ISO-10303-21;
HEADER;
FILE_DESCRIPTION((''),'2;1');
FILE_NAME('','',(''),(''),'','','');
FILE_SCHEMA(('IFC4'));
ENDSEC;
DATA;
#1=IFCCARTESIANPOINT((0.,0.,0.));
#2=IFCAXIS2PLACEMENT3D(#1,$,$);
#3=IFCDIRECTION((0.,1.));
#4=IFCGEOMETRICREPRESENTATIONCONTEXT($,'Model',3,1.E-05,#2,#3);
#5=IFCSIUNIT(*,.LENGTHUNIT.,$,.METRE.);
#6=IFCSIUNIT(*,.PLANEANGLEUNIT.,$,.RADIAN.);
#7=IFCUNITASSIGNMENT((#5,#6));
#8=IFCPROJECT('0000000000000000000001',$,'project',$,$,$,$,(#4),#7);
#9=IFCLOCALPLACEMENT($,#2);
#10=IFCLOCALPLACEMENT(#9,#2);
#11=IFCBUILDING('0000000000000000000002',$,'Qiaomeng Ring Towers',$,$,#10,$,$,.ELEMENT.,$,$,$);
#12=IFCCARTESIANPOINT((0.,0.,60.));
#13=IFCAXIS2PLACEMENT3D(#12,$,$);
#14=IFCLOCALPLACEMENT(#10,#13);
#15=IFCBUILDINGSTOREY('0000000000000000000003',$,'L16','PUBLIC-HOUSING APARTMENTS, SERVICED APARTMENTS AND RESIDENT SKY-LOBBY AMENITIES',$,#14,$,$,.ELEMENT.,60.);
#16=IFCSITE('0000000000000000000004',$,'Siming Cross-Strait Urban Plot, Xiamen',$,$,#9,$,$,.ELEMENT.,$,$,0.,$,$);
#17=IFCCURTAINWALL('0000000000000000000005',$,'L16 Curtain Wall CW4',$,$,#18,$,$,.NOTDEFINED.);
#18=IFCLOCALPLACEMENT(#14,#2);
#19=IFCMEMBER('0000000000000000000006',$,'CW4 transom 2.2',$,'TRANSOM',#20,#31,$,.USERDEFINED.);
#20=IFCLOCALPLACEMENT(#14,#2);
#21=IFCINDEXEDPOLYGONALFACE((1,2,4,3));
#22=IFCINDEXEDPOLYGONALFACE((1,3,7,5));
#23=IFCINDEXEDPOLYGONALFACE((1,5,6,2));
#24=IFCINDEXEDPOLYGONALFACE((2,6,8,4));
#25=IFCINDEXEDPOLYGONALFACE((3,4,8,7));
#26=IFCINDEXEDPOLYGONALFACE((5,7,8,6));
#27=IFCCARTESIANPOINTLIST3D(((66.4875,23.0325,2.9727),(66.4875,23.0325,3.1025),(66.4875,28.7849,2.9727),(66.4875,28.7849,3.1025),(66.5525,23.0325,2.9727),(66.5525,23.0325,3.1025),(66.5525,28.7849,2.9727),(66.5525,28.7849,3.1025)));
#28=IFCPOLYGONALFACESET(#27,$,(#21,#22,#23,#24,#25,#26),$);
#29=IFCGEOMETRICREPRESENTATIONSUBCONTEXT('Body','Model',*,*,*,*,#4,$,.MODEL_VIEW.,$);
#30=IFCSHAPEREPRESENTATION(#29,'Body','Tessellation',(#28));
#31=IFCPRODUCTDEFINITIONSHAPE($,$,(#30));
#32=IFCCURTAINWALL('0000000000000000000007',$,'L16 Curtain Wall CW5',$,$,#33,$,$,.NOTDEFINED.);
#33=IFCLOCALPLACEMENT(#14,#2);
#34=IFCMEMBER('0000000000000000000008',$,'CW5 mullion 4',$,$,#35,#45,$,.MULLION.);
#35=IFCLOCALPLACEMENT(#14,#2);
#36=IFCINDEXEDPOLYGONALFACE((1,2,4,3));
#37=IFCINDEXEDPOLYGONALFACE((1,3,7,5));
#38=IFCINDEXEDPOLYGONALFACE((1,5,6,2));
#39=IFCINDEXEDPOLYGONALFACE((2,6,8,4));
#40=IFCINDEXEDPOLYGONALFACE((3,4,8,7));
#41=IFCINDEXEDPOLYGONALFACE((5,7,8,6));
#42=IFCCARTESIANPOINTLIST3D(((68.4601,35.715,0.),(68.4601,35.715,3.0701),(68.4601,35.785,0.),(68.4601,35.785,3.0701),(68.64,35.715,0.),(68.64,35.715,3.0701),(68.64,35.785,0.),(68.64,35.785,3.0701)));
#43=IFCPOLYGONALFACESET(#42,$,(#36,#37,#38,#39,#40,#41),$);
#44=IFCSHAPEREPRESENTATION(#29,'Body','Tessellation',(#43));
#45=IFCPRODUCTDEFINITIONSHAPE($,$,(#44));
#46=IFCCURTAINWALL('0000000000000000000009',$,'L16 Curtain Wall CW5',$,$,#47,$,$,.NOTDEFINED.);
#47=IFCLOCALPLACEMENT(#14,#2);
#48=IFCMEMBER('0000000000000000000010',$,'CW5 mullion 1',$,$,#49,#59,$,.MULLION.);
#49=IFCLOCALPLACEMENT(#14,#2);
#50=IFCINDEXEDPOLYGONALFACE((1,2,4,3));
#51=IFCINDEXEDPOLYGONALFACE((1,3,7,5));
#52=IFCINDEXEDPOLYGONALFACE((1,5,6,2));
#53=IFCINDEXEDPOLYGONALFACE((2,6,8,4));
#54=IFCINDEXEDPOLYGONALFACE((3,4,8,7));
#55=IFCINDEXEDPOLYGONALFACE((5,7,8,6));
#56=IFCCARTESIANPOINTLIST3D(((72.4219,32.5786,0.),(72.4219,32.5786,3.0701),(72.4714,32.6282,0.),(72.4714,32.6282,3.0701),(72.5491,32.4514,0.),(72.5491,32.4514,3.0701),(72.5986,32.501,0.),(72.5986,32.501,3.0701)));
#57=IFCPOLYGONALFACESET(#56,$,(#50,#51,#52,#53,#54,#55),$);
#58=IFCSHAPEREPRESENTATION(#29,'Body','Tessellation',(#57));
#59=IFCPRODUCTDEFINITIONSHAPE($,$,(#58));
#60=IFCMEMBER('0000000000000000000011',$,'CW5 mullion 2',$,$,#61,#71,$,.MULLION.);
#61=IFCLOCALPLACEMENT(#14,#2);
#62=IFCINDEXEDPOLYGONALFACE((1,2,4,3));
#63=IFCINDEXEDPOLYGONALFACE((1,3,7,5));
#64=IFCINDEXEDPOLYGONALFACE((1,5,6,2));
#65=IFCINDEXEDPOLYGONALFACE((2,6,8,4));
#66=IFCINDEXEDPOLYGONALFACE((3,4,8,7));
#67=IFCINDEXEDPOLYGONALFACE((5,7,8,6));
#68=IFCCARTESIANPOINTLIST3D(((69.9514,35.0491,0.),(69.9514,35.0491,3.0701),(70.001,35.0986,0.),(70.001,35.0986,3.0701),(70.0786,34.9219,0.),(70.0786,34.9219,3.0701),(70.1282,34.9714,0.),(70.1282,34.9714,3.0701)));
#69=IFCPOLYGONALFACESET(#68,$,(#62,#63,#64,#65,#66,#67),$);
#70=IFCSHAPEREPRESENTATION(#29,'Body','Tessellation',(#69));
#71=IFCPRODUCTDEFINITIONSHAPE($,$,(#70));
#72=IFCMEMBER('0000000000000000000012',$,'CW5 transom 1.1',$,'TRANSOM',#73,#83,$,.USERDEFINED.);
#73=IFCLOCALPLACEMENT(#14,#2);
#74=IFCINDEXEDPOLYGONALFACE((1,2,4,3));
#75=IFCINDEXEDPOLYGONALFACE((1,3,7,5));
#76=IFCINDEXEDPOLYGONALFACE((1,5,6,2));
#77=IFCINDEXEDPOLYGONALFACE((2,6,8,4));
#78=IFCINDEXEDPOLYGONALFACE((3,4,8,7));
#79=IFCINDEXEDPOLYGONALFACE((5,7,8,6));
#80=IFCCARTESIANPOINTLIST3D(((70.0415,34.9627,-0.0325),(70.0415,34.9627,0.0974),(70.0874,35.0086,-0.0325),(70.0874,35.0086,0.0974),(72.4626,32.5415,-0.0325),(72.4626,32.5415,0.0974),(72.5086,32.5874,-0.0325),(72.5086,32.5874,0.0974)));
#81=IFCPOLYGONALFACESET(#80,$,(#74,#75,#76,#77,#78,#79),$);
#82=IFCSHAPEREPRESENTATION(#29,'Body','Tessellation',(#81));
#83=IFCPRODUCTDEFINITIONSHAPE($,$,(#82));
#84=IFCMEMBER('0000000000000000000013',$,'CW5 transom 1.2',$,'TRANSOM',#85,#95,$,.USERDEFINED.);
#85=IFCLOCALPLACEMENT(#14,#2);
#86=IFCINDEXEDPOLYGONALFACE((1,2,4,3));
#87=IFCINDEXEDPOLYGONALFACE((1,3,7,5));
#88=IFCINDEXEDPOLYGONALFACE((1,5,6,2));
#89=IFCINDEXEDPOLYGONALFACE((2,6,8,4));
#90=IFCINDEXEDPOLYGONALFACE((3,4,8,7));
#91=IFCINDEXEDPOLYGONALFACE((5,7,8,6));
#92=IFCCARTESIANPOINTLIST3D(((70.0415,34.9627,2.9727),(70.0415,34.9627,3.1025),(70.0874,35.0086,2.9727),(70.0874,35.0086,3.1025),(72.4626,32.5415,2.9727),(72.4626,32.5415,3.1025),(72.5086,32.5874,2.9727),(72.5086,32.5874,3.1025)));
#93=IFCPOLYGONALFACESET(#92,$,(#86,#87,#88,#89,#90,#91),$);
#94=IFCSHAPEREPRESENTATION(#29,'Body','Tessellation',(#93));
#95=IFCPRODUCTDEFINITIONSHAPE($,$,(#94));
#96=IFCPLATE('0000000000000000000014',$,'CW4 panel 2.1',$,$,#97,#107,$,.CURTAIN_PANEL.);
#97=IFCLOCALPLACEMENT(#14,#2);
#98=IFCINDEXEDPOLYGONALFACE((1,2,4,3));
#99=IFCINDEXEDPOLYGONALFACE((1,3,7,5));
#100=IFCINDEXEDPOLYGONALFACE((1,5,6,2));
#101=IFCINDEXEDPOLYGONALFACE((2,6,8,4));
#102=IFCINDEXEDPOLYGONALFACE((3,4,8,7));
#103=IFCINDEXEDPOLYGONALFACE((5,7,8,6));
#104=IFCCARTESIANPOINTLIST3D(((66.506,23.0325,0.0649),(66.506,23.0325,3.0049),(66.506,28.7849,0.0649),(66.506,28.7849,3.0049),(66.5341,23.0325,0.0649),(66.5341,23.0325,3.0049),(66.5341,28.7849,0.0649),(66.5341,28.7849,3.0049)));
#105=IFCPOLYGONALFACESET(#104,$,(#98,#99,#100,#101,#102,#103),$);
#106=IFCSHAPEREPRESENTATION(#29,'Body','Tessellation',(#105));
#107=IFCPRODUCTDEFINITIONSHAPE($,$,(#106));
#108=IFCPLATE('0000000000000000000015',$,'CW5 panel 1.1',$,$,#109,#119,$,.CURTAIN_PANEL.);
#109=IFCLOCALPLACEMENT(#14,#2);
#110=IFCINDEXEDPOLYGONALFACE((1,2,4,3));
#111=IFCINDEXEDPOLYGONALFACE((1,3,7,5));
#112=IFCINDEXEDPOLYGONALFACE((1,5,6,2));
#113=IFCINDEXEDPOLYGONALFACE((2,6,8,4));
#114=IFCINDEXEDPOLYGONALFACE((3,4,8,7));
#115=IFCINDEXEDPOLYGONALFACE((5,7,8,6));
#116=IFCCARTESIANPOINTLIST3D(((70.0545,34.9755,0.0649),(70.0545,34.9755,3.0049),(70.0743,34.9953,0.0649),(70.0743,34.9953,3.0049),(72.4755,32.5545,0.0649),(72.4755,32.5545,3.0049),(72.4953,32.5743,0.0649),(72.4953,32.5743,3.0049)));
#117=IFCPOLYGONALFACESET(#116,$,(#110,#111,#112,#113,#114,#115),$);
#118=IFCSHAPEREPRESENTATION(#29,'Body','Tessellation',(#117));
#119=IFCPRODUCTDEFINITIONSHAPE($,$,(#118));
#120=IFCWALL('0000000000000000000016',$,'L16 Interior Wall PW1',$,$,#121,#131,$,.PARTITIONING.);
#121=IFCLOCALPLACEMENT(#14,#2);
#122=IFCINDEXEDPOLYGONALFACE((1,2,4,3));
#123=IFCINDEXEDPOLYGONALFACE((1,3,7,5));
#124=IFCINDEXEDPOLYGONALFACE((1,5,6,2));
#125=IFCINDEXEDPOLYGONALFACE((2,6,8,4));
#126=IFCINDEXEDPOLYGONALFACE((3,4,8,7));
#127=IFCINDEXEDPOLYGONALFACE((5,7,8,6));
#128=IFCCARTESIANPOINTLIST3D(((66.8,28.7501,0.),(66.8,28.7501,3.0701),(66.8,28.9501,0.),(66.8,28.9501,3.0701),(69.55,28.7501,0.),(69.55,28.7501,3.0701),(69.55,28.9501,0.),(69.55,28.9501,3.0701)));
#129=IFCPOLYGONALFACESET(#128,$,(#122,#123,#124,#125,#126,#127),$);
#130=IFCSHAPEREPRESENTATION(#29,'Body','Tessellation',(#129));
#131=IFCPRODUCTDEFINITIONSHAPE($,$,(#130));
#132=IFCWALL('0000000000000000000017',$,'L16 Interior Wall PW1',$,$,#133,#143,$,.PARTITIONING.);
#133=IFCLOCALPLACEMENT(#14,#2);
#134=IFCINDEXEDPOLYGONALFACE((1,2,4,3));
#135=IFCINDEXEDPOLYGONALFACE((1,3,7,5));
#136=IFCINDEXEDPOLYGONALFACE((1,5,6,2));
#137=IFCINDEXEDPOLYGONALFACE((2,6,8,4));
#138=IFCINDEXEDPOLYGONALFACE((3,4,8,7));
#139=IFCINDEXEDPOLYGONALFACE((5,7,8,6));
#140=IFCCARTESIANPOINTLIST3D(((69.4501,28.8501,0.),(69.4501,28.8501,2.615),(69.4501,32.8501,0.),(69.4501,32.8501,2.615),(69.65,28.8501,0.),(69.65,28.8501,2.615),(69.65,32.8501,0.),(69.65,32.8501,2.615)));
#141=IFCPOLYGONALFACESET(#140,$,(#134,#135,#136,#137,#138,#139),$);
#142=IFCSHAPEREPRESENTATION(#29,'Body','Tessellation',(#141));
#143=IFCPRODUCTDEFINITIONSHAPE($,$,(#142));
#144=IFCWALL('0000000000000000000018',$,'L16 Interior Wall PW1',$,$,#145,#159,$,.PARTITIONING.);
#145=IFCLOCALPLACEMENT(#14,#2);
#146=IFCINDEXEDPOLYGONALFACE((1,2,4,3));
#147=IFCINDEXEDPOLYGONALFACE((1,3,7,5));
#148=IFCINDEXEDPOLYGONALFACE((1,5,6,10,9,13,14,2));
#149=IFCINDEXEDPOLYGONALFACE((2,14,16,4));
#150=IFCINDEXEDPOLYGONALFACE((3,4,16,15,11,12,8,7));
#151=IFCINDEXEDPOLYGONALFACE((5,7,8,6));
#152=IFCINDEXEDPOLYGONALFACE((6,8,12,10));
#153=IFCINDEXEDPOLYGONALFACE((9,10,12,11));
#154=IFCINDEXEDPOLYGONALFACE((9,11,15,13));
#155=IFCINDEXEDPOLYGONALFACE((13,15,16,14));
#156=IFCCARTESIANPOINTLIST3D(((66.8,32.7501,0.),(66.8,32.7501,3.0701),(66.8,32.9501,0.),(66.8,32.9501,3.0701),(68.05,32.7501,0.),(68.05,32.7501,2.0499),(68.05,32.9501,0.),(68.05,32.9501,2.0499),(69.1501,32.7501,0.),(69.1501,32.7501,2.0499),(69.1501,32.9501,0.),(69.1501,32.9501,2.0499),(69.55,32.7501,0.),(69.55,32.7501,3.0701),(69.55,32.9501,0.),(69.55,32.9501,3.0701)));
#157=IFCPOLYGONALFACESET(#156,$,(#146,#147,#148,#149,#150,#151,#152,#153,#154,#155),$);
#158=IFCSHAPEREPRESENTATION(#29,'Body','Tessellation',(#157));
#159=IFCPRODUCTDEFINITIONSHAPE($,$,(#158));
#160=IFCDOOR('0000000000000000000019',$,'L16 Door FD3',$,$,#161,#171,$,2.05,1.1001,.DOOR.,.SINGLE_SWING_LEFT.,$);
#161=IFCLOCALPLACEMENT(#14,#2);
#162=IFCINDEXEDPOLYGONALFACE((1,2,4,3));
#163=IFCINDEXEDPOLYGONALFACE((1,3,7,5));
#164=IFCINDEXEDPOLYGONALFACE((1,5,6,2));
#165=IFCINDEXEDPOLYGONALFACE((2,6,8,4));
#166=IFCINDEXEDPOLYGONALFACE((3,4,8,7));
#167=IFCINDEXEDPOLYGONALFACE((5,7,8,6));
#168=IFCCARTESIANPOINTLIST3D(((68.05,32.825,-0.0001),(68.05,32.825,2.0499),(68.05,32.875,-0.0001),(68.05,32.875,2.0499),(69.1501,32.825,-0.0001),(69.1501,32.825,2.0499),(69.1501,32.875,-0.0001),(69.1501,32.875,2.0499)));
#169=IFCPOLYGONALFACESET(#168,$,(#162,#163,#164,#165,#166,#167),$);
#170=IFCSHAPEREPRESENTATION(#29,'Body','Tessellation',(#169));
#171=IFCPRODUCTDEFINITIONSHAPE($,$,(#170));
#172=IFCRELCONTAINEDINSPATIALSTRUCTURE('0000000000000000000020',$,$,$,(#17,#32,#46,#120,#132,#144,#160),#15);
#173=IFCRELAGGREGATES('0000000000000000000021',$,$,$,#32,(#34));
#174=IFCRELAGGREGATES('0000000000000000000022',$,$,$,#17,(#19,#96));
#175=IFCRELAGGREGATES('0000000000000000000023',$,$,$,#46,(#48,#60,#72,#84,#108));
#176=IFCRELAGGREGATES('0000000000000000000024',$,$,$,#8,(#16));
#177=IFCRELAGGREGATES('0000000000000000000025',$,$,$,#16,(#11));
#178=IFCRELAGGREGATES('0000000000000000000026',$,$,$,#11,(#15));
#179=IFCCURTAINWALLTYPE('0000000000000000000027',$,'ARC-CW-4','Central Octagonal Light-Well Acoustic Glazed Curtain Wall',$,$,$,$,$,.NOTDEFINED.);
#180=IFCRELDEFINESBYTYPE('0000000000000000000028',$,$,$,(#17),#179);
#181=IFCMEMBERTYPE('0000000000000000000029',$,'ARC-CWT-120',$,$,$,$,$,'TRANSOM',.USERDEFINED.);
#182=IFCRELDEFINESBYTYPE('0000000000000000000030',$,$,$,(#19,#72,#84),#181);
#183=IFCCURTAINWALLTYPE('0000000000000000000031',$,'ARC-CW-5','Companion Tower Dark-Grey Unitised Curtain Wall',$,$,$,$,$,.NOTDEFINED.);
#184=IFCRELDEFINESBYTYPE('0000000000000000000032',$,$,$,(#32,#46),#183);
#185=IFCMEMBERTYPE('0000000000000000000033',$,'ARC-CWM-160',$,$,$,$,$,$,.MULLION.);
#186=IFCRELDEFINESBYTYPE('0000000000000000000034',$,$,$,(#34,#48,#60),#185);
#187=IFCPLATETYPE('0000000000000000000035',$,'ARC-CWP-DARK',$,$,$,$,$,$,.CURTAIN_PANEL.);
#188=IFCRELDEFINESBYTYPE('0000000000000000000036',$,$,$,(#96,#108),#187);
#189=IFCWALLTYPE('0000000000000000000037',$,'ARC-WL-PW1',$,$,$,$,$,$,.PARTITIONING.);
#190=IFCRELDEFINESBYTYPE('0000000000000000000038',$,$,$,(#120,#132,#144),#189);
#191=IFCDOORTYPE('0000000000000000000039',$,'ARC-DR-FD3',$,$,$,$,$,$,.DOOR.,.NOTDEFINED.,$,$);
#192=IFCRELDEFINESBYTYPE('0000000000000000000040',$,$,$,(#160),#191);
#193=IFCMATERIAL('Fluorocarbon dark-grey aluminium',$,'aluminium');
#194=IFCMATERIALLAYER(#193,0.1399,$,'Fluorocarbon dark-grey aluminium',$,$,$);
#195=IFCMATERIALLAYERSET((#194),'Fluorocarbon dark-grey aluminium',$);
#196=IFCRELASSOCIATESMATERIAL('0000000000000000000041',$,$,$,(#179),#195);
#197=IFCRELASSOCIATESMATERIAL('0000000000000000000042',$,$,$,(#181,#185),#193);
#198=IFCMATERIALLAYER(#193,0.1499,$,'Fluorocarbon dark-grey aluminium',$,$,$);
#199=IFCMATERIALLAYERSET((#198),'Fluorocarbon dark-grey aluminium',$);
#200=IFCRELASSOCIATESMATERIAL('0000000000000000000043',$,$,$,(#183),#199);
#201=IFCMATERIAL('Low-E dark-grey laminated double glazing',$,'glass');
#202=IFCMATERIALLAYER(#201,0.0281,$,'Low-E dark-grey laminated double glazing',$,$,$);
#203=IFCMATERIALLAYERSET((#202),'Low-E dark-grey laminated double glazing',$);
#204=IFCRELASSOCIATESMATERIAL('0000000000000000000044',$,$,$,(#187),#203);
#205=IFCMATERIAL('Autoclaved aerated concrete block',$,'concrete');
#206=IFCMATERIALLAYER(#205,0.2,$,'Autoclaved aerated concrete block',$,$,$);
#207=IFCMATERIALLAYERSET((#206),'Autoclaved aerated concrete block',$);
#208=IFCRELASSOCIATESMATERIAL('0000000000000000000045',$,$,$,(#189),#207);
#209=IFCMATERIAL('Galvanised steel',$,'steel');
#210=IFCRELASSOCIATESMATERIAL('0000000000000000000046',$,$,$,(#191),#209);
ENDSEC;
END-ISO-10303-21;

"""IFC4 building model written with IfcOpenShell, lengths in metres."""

from ifc_helpers import new_model, si_unit, direction, frame, frame_2d, origin, origin_2d, place, context, subcontext, project, spatial, rectangle, extrude, source, transform, mapped, material, layer, layer_set, material_profile, profile_set, type_object, element, fill, aggregate, save


model = new_model("IFC4")

# Units and contexts
model_context = context("Model", 3, precision=1e-05, world=origin(), true_north=direction((0.0, 1.0)))
body_context = subcontext(model_context, "Body", "Model", "MODEL_VIEW")
ifc_project = project(units=[si_unit("LENGTHUNIT", "METRE"), si_unit("PLANEANGLEUNIT", "RADIAN")], contexts=[model_context])

# Site, building, storey
site_placement = place(None, origin())
site = spatial("IfcSite", under=ifc_project, at=site_placement, Name="Siming Cross-Strait Urban Plot, Xiamen", CompositionType="ELEMENT", RefElevation=0.0)
building_placement = place(site_placement, origin())
building = spatial("IfcBuilding", under=site, at=building_placement, Name="Qiaomeng Ring Towers", CompositionType="ELEMENT")
storey_placement = place(building_placement, frame((0.0, 0.0, 60.0)))
storey = spatial("IfcBuildingStorey", under=building, at=storey_placement, Name="L16", Description="PUBLIC-HOUSING APARTMENTS, SERVICED APARTMENTS AND RESIDENT SKY-LOBBY AMENITIES", CompositionType="ELEMENT", Elevation=60.0)

# Curtain wall, member
ifc_material_1 = material(Name="Fluorocarbon dark-grey aluminium", Category="aluminium")
ifc_layer_1 = layer(ifc_material_1, 0.1399, Name="Fluorocarbon dark-grey aluminium")
ifc_layer_set_1 = layer_set([ifc_layer_1], Name="Fluorocarbon dark-grey aluminium")
curtain_wall_type_1 = type_object("IfcCurtainWallType", Name="ARC-CW-4", Description="Central Octagonal Light-Well Acoustic Glazed Curtain Wall", PredefinedType="NOTDEFINED", material=ifc_layer_set_1)
curtain_wall_1_placement = place(storey_placement, origin())
curtain_wall_1 = element("IfcCurtainWall", 1, at=curtain_wall_1_placement, inside=storey, type_object=curtain_wall_type_1, Name="L16 Curtain Wall CW4", PredefinedType="NOTDEFINED")
ifc_material_profile_1 = material_profile(ifc_material_1, rectangle(XDim=0.0649, YDim=0.1299, at=origin_2d()), Name="ALU TRAN 65x130")
ifc_profile_set_1 = profile_set([ifc_material_profile_1], Name="Fluorocarbon dark-grey aluminium")
member_type_1 = type_object("IfcMemberType", Name="ARC-CWT-120", ElementType="TRANSOM", PredefinedType="USERDEFINED", material=ifc_profile_set_1)
shared_shape_1 = source(origin(), body_context, "Body", "SweptSolid", [
    extrude(rectangle(XDim=0.0649, YDim=0.1299, at=origin_2d()), origin(), (0.0, 0.0, 1.0), 5.7524),
])
member_1_placement = place(storey_placement, frame((66.52, 23.0325, 3.0376), z_axis=(0.0, 1.0, 0.0), x_axis=(-1.0, 0.0, 0.0)))
member_1 = element("IfcMember", 2, at=member_1_placement, type_object=member_type_1, Name="CW4 transom 2.2", ObjectType="TRANSOM", PredefinedType="USERDEFINED", context=body_context, shape_type="MappedRepresentation", body=[
    mapped(shared_shape_1, transform((0.0, 0.0, 0.0), x_axis=(1.0, 0.0, 0.0), y_axis=(0.0, 1.0, 0.0), z_axis=(0.0, 0.0, 1.0), scale=1.0)),
])

# Curtain wall, member
ifc_layer_2 = layer(ifc_material_1, 0.1499, Name="Fluorocarbon dark-grey aluminium")
ifc_layer_set_2 = layer_set([ifc_layer_2], Name="Fluorocarbon dark-grey aluminium")
curtain_wall_type_2 = type_object("IfcCurtainWallType", Name="ARC-CW-5", Description="Companion Tower Dark-Grey Unitised Curtain Wall", PredefinedType="NOTDEFINED", material=ifc_layer_set_2)
curtain_wall_2_placement = place(storey_placement, origin())
curtain_wall_2 = element("IfcCurtainWall", 3, at=curtain_wall_2_placement, inside=storey, type_object=curtain_wall_type_2, Name="L16 Curtain Wall CW5", PredefinedType="NOTDEFINED")
ifc_material_profile_2 = material_profile(ifc_material_1, rectangle(XDim=0.0701, YDim=0.1799, at=origin_2d()), Name="ALU MULL 70x180")
ifc_profile_set_2 = profile_set([ifc_material_profile_2], Name="Fluorocarbon dark-grey aluminium")
member_type_2 = type_object("IfcMemberType", Name="ARC-CWM-160", PredefinedType="MULLION", material=ifc_profile_set_2)
shared_shape_2 = source(origin(), body_context, "Body", "SweptSolid", [
    extrude(rectangle(XDim=0.0701, YDim=0.1799, at=origin_2d()), origin(), (0.0, 0.0, 1.0), 3.0701),
])
member_2_placement = place(storey_placement, frame((68.55, 35.75, 0.0), z_axis=(0.0, 0.0, 1.0), x_axis=(0.0, 1.0, 0.0)))
member_2 = element("IfcMember", 4, at=member_2_placement, type_object=member_type_2, Name="CW5 mullion 4", PredefinedType="MULLION", context=body_context, shape_type="MappedRepresentation", body=[
    mapped(shared_shape_2, transform((0.0, 0.0, 0.0), x_axis=(1.0, 0.0, 0.0), y_axis=(0.0, 1.0, 0.0), z_axis=(0.0, 0.0, 1.0), scale=1.0)),
])
aggregate(curtain_wall_2, [member_2])

# Curtain wall, members
curtain_wall_3_placement = place(storey_placement, origin())
curtain_wall_3 = element("IfcCurtainWall", 5, at=curtain_wall_3_placement, inside=storey, type_object=curtain_wall_type_2, Name="L16 Curtain Wall CW5", PredefinedType="NOTDEFINED")
member_3_placement = place(storey_placement, frame((72.5103, 32.5398, 0.0), z_axis=(0.0, 0.0, 1.0), x_axis=(-0.707107, -0.707107, 0.0)))
member_3 = element("IfcMember", 6, at=member_3_placement, type_object=member_type_2, Name="CW5 mullion 1", PredefinedType="MULLION", context=body_context, shape_type="MappedRepresentation", body=[
    mapped(shared_shape_2, transform((0.0, 0.0, 0.0), x_axis=(1.0, 0.0, 0.0), y_axis=(0.0, 1.0, 0.0), z_axis=(0.0, 0.0, 1.0), scale=1.0)),
])
member_4_placement = place(storey_placement, frame((70.0398, 35.0103, 0.0), z_axis=(0.0, 0.0, 1.0), x_axis=(-0.707107, -0.707107, 0.0)))
member_4 = element("IfcMember", 7, at=member_4_placement, type_object=member_type_2, Name="CW5 mullion 2", PredefinedType="MULLION", context=body_context, shape_type="MappedRepresentation", body=[
    mapped(shared_shape_2, transform((0.0, 0.0, 0.0), x_axis=(1.0, 0.0, 0.0), y_axis=(0.0, 1.0, 0.0), z_axis=(0.0, 0.0, 1.0), scale=1.0)),
])
shared_shape_3 = source(origin(), body_context, "Body", "SweptSolid", [
    extrude(rectangle(XDim=0.0649, YDim=0.1299, at=origin_2d()), origin(), (0.0, 0.0, 1.0), 3.4241),
])
member_5_placement = place(storey_placement, frame((72.4856, 32.5645, 0.0325), z_axis=(-0.707107, 0.707107, 0.0), x_axis=(-0.707107, -0.707107, 0.0)))
member_5 = element("IfcMember", 8, at=member_5_placement, type_object=member_type_1, Name="CW5 transom 1.1", ObjectType="TRANSOM", PredefinedType="USERDEFINED", context=body_context, shape_type="MappedRepresentation", body=[
    mapped(shared_shape_3, transform((0.0, 0.0, 0.0), x_axis=(1.0, 0.0, 0.0), y_axis=(0.0, 1.0, 0.0), z_axis=(0.0, 0.0, 1.0), scale=1.0)),
])
member_6_placement = place(storey_placement, frame((72.4856, 32.5645, 3.0376), z_axis=(-0.707107, 0.707107, 0.0), x_axis=(-0.707107, -0.707107, 0.0)))
member_6 = element("IfcMember", 9, at=member_6_placement, type_object=member_type_1, Name="CW5 transom 1.2", ObjectType="TRANSOM", PredefinedType="USERDEFINED", context=body_context, shape_type="MappedRepresentation", body=[
    mapped(shared_shape_3, transform((0.0, 0.0, 0.0), x_axis=(1.0, 0.0, 0.0), y_axis=(0.0, 1.0, 0.0), z_axis=(0.0, 0.0, 1.0), scale=1.0)),
])

# Plates
ifc_material_2 = material(Name="Low-E dark-grey laminated double glazing", Category="glass")
ifc_layer_3 = layer(ifc_material_2, 0.0281, Name="Low-E dark-grey laminated double glazing")
ifc_layer_set_3 = layer_set([ifc_layer_3], Name="Low-E dark-grey laminated double glazing")
plate_type = type_object("IfcPlateType", Name="ARC-CWP-DARK", PredefinedType="CURTAIN_PANEL", material=ifc_layer_set_3)
shared_shape_4 = source(origin(), body_context, "Body", "SweptSolid", [
    extrude(rectangle(XDim=5.7524, YDim=0.0281, at=origin_2d()), origin(), (0.0, 0.0, 1.0), 2.9399),
])
plate_1_placement = place(storey_placement, frame((66.52, 25.9087, 0.0649), z_axis=(0.0, 0.0, 1.0), x_axis=(0.0, 1.0, 0.0)))
plate_1 = element("IfcPlate", 10, at=plate_1_placement, type_object=plate_type, Name="CW4 panel 2.1", PredefinedType="CURTAIN_PANEL", context=body_context, shape_type="MappedRepresentation", body=[
    mapped(shared_shape_4, transform((0.0, 0.0, 0.0), x_axis=(1.0, 0.0, 0.0), y_axis=(0.0, 1.0, 0.0), z_axis=(0.0, 0.0, 1.0), scale=1.0)),
])
aggregate(curtain_wall_1, [member_1, plate_1])
shared_shape_5 = source(origin(), body_context, "Body", "SweptSolid", [
    extrude(rectangle(XDim=3.4238, YDim=0.0281, at=origin_2d()), origin(), (0.0, 0.0, 1.0), 2.9399),
])
plate_2_placement = place(storey_placement, frame((71.2749, 33.7749, 0.0649), z_axis=(0.0, 0.0, 1.0), x_axis=(-0.707107, 0.707107, 0.0)))
plate_2 = element("IfcPlate", 11, at=plate_2_placement, type_object=plate_type, Name="CW5 panel 1.1", PredefinedType="CURTAIN_PANEL", context=body_context, shape_type="MappedRepresentation", body=[
    mapped(shared_shape_5, transform((0.0, 0.0, 0.0), x_axis=(1.0, 0.0, 0.0), y_axis=(0.0, 1.0, 0.0), z_axis=(0.0, 0.0, 1.0), scale=1.0)),
])
aggregate(curtain_wall_3, [member_3, member_4, member_5, member_6, plate_2])

# Walls
ifc_material_3 = material(Name="Autoclaved aerated concrete block", Category="concrete")
ifc_layer_4 = layer(ifc_material_3, 0.2, Name="Autoclaved aerated concrete block")
ifc_layer_set_4 = layer_set([ifc_layer_4], Name="Autoclaved aerated concrete block")
wall_type_1 = type_object("IfcWallType", Name="ARC-WL-PW1", PredefinedType="PARTITIONING", material=ifc_layer_set_4)
wall_1_placement = place(storey_placement, frame((66.8, 28.8501, 0.0), z_axis=(0.0, 0.0, 1.0), x_axis=(1.0, 0.0, 0.0)))
element("IfcWall", 12, at=wall_1_placement, inside=storey, type_object=wall_type_1, Name="L16 Interior Wall PW1", PredefinedType="PARTITIONING", context=body_context, shape_type="SweptSolid", body=[
    extrude(rectangle(XDim=2.75, YDim=0.2, at=frame_2d((1.375, 0.0))), origin(), (0.0, 0.0, 1.0), 3.0701),
])
wall_2_placement = place(storey_placement, frame((69.55, 28.8501, 0.0), z_axis=(0.0, 0.0, 1.0), x_axis=(0.0, 1.0, 0.0)))
element("IfcWall", 13, at=wall_2_placement, inside=storey, type_object=wall_type_1, Name="L16 Interior Wall PW1", PredefinedType="PARTITIONING", context=body_context, shape_type="SweptSolid", body=[
    extrude(rectangle(XDim=4.0, YDim=0.2, at=frame_2d((2.0, 0.0))), origin(), (0.0, 0.0, 1.0), 2.615),
])

# Wall, opening, door
wall_3_placement = place(storey_placement, frame((66.8, 32.8501, 0.0), z_axis=(0.0, 0.0, 1.0), x_axis=(1.0, 0.0, 0.0)))
wall_3 = element("IfcWall", 14, at=wall_3_placement, inside=storey, type_object=wall_type_1, Name="L16 Interior Wall PW1", PredefinedType="PARTITIONING", context=body_context, shape_type="SweptSolid", body=[
    extrude(rectangle(XDim=2.75, YDim=0.2, at=frame_2d((1.375, 0.0))), origin(), (0.0, 0.0, 1.0), 3.0701),
])
opening_1_placement = place(wall_3_placement, frame((1.25, 0.0, 0.0)))
opening_1 = element("IfcOpeningElement", 15, at=opening_1_placement, cuts=wall_3, PredefinedType="OPENING", context=body_context, shape_type="SweptSolid", body=[
    extrude(rectangle(XDim=1.1001, YDim=2.05, at=frame_2d((0.55, 1.0249))), frame((0.0, 0.1099, 0.0), z_axis=(0.0, -1.0, 0.0), x_axis=(1.0, 0.0, 0.0)), (0.0, 0.0, 1.0), 0.22),
])
ifc_material_4 = material(Name="Galvanised steel", Category="steel")
door_type_1 = type_object("IfcDoorType", Name="ARC-DR-FD3", OperationType="NOTDEFINED", PredefinedType="DOOR", material=ifc_material_4)
shared_shape_6 = source(origin(), body_context, "Body", "SweptSolid", [
    extrude(rectangle(XDim=1.1001, YDim=2.05, at=frame_2d((0.55, 1.0249))), frame((0.0, 0.0249, 0.0), z_axis=(0.0, -1.0, 0.0), x_axis=(1.0, 0.0, 0.0)), (0.0, 0.0, 1.0), 0.05),
])
door_1_placement = place(opening_1_placement, origin())
door_1 = element("IfcDoor", 16, at=door_1_placement, inside=storey, type_object=door_type_1, Name="L16 Door FD3", OperationType="SINGLE_SWING_LEFT", OverallHeight=2.05, OverallWidth=1.1001, PredefinedType="DOOR", context=body_context, shape_type="MappedRepresentation", body=[
    mapped(shared_shape_6, transform((0.0, 0.0, 0.0), x_axis=(1.0, 0.0, 0.0), y_axis=(0.0, 1.0, 0.0), z_axis=(0.0, 0.0, 1.0), scale=1.0)),
])
fill(opening_1, door_1)

save(model, "model.ifc")
